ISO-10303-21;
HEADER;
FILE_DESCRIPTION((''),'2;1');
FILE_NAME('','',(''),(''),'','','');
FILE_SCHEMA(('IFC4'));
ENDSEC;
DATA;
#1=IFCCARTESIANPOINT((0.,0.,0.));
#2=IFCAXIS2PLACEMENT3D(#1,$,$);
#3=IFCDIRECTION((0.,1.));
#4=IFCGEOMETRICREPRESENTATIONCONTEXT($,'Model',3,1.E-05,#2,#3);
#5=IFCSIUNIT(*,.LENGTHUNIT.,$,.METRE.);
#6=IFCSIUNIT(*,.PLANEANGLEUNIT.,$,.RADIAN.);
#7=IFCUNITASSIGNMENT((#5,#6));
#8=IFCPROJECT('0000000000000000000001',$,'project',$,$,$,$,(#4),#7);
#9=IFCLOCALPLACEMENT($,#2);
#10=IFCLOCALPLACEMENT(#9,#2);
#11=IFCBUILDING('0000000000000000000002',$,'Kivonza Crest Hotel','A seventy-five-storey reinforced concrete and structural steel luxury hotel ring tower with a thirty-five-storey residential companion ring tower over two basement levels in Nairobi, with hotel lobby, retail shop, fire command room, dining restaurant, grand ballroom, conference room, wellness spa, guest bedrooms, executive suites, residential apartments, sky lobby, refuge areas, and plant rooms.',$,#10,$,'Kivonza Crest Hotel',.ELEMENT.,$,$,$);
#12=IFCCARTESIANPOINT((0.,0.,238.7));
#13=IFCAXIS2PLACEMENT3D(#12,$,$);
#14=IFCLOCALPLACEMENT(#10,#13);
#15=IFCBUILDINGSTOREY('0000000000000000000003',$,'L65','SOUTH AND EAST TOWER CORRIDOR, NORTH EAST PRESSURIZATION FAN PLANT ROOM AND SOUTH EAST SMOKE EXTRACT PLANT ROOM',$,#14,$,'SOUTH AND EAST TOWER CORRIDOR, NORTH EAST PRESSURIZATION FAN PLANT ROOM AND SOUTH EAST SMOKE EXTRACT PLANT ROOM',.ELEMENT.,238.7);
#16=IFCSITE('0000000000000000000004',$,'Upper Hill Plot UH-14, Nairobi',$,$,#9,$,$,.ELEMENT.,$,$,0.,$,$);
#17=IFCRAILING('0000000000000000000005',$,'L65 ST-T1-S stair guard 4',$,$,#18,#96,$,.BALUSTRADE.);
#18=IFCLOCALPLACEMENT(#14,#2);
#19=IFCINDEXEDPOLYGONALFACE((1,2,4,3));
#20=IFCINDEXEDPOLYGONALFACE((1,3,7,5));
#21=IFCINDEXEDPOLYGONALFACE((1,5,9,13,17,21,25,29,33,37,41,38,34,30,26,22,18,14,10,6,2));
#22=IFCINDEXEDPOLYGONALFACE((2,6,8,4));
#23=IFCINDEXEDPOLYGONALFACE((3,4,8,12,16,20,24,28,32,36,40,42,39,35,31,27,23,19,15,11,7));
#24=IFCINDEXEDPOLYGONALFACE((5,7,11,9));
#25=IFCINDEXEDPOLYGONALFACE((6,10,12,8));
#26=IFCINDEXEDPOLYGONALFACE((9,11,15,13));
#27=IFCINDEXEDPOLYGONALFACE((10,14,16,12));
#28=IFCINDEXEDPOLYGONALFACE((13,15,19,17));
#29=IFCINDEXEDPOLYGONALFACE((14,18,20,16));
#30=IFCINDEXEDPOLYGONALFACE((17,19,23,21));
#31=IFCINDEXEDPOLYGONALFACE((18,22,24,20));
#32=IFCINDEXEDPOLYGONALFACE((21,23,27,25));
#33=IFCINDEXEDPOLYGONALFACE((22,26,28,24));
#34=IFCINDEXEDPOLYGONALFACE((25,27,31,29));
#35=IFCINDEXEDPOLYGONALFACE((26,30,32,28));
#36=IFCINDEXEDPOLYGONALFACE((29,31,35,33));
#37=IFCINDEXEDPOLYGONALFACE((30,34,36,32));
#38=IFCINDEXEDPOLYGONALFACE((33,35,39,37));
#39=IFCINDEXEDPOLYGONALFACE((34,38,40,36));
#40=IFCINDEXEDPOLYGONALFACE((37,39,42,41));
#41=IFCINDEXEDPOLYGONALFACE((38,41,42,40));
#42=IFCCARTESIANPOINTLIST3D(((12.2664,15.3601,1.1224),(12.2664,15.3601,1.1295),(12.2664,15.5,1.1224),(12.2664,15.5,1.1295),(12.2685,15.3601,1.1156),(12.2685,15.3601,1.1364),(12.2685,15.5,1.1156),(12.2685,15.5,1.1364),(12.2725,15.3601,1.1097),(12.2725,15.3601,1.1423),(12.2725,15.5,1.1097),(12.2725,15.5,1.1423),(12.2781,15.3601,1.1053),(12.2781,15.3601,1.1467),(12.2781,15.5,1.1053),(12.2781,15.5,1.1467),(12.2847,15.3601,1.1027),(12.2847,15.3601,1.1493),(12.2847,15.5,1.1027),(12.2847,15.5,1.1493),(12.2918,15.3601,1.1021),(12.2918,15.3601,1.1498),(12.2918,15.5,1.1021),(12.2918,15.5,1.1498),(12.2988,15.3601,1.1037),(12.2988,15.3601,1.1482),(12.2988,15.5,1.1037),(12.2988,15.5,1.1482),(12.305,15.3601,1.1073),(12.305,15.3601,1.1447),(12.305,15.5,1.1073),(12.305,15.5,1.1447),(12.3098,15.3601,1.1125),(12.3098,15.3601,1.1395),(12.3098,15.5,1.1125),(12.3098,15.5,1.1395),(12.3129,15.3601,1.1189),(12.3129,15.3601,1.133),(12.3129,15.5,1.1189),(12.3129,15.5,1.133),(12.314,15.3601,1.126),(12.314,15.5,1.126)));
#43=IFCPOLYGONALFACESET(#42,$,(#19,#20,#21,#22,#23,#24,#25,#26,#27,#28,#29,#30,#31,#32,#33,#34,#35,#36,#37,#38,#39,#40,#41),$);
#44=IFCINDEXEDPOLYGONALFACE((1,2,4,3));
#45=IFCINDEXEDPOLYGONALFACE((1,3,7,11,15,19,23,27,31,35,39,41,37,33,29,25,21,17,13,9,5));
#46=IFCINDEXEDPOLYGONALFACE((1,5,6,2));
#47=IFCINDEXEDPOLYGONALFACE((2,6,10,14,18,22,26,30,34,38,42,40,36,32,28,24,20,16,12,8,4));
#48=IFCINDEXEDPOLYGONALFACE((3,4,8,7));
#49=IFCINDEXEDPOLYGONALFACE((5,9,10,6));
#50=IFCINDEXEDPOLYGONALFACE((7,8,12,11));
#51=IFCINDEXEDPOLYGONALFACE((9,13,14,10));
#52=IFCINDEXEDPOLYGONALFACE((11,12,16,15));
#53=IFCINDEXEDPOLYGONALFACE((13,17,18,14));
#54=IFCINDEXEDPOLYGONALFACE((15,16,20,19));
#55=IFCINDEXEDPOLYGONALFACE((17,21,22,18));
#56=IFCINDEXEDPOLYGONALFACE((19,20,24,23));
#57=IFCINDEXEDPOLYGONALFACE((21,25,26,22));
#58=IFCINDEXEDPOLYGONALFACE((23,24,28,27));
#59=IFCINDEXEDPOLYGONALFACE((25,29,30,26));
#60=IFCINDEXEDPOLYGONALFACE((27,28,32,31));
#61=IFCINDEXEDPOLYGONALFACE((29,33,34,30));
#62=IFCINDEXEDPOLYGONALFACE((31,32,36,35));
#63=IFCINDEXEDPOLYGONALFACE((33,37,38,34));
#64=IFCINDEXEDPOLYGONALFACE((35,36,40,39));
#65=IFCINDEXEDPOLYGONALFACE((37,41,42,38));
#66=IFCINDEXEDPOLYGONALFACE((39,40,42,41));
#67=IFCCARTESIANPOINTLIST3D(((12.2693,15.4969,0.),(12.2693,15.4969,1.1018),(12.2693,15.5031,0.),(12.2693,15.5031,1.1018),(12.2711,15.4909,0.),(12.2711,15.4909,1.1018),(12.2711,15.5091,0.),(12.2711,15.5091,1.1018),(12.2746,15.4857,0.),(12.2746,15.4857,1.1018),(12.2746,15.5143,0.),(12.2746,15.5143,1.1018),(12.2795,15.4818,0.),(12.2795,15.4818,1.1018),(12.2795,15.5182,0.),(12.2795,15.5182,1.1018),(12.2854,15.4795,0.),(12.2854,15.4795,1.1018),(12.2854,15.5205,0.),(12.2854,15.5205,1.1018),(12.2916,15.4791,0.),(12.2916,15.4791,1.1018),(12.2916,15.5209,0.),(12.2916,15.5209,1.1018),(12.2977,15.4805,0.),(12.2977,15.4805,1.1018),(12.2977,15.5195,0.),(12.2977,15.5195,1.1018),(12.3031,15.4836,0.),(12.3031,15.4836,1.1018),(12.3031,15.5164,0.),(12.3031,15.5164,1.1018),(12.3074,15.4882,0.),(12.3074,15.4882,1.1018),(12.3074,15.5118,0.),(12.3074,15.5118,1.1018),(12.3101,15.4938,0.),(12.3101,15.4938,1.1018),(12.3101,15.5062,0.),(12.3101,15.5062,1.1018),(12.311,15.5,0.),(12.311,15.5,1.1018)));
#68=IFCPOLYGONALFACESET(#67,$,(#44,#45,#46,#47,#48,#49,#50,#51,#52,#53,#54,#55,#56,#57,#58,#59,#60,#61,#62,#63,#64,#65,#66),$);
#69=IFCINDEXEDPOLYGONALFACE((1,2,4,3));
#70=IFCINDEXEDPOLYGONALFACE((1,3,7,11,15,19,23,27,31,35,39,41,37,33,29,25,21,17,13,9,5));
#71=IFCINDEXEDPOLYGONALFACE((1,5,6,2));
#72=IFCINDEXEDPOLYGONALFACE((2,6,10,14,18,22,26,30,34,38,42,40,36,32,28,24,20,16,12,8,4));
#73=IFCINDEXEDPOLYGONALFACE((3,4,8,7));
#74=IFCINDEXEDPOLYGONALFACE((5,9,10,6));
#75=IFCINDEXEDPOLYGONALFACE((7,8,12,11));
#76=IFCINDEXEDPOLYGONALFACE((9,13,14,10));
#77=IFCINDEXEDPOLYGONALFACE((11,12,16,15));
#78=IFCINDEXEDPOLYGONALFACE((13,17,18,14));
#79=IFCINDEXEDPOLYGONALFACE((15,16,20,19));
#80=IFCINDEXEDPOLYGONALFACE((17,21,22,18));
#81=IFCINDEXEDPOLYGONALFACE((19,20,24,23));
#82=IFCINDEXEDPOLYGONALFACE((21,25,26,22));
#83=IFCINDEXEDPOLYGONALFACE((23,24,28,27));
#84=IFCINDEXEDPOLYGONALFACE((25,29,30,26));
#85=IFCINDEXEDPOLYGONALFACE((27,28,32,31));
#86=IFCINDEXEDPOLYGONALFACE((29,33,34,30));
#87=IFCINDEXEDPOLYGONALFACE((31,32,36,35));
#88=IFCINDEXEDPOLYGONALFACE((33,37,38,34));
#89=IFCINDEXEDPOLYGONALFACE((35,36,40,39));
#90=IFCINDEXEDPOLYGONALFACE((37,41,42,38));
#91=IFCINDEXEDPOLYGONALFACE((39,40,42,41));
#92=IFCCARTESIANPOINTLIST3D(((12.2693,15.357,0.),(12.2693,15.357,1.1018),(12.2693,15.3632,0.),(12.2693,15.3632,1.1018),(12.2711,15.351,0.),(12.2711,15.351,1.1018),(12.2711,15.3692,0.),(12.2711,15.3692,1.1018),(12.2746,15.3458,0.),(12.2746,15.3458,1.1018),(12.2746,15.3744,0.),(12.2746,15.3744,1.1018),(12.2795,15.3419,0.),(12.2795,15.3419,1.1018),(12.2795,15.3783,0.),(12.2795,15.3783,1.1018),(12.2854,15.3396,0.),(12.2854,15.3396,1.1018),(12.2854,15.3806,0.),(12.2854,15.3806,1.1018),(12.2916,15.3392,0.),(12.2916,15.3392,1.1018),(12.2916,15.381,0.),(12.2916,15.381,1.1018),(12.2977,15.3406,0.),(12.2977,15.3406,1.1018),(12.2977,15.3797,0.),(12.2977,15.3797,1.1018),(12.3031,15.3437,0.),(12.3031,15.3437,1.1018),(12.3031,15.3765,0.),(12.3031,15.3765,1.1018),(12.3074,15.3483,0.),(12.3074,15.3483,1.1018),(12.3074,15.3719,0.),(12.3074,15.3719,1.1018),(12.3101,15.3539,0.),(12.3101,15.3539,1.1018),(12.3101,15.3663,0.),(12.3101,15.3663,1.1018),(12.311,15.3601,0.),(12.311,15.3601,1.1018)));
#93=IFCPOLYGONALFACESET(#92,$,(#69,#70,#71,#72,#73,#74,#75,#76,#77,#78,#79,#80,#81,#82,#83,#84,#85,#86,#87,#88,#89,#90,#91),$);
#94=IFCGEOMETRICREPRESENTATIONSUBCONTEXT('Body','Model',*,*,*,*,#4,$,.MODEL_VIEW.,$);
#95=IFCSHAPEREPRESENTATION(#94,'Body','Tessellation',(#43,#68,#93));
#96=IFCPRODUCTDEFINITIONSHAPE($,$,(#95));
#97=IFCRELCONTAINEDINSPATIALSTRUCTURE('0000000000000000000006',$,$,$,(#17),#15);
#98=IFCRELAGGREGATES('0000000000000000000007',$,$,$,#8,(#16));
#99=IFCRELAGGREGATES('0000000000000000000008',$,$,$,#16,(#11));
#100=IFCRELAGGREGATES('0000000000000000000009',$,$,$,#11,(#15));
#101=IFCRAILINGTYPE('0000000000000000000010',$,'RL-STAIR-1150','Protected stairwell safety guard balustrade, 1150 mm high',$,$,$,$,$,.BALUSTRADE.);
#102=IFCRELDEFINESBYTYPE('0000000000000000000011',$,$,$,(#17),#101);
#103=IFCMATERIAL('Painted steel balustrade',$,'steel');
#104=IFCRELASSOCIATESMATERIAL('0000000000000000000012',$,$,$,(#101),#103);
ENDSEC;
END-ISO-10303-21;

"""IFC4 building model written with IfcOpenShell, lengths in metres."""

from ifc_helpers import new_model, si_unit, direction, frame, origin, origin_2d, place, context, subcontext, project, spatial, circle, extrude, material, type_object, element, save


model = new_model("IFC4")

# Units and contexts
model_context = context("Model", 3, precision=1e-05, world=origin(), true_north=direction((0.0, 1.0)))
body_context = subcontext(model_context, "Body", "Model", "MODEL_VIEW")
ifc_project = project(units=[si_unit("LENGTHUNIT", "METRE"), si_unit("PLANEANGLEUNIT", "RADIAN")], contexts=[model_context])

# Site, building, storey
site_placement = place(None, origin())
site = spatial("IfcSite", under=ifc_project, at=site_placement, Name="Upper Hill Plot UH-14, Nairobi", CompositionType="ELEMENT", RefElevation=0.0)
building_placement = place(site_placement, origin())
building = spatial("IfcBuilding", under=site, at=building_placement, Name="Kivonza Crest Hotel", Description="A seventy-five-storey reinforced concrete and structural steel luxury hotel ring tower with a thirty-five-storey residential companion ring tower over two basement levels in Nairobi, with hotel lobby, retail shop, fire command room, dining restaurant, grand ballroom, conference room, wellness spa, guest bedrooms, executive suites, residential apartments, sky lobby, refuge areas, and plant rooms.", LongName="Kivonza Crest Hotel", CompositionType="ELEMENT")
storey_placement = place(building_placement, frame((0.0, 0.0, 238.7)))
storey = spatial("IfcBuildingStorey", under=building, at=storey_placement, Name="L65", Description="SOUTH AND EAST TOWER CORRIDOR, NORTH EAST PRESSURIZATION FAN PLANT ROOM AND SOUTH EAST SMOKE EXTRACT PLANT ROOM", LongName="SOUTH AND EAST TOWER CORRIDOR, NORTH EAST PRESSURIZATION FAN PLANT ROOM AND SOUTH EAST SMOKE EXTRACT PLANT ROOM", CompositionType="ELEMENT", Elevation=238.7)

# Railing
ifc_material_1 = material(Name="Painted steel balustrade", Category="steel")
railing_type_1 = type_object("IfcRailingType", Name="RL-STAIR-1150", Description="Protected stairwell safety guard balustrade, 1150 mm high", PredefinedType="BALUSTRADE", material=ifc_material_1)
railing_1_placement = place(storey_placement, frame((12.29, 15.5, 0.0)))
element("IfcRailing", 1, at=railing_1_placement, inside=storey, type_object=railing_type_1, Name="L65 ST-T1-S stair guard 4", PredefinedType="BALUSTRADE", context=body_context, shape_type="SweptSolid", body=[
    extrude(circle(Radius=0.0239, at=origin_2d()), frame((0.0, 0.0, 1.126), z_axis=(0.0, -1.0, 0.0), x_axis=(1.0, 0.0, 0.0)), (0.0, 0.0, 1.0), 0.1399),
    extrude(circle(Radius=0.021, at=origin_2d()), origin(), (0.0, 0.0, 1.0), 1.1018),
    extrude(circle(Radius=0.021, at=origin_2d()), frame((0.0, -0.1399, 0.0)), (0.0, 0.0, 1.0), 1.1018),
])

save(model, "model.ifc")
